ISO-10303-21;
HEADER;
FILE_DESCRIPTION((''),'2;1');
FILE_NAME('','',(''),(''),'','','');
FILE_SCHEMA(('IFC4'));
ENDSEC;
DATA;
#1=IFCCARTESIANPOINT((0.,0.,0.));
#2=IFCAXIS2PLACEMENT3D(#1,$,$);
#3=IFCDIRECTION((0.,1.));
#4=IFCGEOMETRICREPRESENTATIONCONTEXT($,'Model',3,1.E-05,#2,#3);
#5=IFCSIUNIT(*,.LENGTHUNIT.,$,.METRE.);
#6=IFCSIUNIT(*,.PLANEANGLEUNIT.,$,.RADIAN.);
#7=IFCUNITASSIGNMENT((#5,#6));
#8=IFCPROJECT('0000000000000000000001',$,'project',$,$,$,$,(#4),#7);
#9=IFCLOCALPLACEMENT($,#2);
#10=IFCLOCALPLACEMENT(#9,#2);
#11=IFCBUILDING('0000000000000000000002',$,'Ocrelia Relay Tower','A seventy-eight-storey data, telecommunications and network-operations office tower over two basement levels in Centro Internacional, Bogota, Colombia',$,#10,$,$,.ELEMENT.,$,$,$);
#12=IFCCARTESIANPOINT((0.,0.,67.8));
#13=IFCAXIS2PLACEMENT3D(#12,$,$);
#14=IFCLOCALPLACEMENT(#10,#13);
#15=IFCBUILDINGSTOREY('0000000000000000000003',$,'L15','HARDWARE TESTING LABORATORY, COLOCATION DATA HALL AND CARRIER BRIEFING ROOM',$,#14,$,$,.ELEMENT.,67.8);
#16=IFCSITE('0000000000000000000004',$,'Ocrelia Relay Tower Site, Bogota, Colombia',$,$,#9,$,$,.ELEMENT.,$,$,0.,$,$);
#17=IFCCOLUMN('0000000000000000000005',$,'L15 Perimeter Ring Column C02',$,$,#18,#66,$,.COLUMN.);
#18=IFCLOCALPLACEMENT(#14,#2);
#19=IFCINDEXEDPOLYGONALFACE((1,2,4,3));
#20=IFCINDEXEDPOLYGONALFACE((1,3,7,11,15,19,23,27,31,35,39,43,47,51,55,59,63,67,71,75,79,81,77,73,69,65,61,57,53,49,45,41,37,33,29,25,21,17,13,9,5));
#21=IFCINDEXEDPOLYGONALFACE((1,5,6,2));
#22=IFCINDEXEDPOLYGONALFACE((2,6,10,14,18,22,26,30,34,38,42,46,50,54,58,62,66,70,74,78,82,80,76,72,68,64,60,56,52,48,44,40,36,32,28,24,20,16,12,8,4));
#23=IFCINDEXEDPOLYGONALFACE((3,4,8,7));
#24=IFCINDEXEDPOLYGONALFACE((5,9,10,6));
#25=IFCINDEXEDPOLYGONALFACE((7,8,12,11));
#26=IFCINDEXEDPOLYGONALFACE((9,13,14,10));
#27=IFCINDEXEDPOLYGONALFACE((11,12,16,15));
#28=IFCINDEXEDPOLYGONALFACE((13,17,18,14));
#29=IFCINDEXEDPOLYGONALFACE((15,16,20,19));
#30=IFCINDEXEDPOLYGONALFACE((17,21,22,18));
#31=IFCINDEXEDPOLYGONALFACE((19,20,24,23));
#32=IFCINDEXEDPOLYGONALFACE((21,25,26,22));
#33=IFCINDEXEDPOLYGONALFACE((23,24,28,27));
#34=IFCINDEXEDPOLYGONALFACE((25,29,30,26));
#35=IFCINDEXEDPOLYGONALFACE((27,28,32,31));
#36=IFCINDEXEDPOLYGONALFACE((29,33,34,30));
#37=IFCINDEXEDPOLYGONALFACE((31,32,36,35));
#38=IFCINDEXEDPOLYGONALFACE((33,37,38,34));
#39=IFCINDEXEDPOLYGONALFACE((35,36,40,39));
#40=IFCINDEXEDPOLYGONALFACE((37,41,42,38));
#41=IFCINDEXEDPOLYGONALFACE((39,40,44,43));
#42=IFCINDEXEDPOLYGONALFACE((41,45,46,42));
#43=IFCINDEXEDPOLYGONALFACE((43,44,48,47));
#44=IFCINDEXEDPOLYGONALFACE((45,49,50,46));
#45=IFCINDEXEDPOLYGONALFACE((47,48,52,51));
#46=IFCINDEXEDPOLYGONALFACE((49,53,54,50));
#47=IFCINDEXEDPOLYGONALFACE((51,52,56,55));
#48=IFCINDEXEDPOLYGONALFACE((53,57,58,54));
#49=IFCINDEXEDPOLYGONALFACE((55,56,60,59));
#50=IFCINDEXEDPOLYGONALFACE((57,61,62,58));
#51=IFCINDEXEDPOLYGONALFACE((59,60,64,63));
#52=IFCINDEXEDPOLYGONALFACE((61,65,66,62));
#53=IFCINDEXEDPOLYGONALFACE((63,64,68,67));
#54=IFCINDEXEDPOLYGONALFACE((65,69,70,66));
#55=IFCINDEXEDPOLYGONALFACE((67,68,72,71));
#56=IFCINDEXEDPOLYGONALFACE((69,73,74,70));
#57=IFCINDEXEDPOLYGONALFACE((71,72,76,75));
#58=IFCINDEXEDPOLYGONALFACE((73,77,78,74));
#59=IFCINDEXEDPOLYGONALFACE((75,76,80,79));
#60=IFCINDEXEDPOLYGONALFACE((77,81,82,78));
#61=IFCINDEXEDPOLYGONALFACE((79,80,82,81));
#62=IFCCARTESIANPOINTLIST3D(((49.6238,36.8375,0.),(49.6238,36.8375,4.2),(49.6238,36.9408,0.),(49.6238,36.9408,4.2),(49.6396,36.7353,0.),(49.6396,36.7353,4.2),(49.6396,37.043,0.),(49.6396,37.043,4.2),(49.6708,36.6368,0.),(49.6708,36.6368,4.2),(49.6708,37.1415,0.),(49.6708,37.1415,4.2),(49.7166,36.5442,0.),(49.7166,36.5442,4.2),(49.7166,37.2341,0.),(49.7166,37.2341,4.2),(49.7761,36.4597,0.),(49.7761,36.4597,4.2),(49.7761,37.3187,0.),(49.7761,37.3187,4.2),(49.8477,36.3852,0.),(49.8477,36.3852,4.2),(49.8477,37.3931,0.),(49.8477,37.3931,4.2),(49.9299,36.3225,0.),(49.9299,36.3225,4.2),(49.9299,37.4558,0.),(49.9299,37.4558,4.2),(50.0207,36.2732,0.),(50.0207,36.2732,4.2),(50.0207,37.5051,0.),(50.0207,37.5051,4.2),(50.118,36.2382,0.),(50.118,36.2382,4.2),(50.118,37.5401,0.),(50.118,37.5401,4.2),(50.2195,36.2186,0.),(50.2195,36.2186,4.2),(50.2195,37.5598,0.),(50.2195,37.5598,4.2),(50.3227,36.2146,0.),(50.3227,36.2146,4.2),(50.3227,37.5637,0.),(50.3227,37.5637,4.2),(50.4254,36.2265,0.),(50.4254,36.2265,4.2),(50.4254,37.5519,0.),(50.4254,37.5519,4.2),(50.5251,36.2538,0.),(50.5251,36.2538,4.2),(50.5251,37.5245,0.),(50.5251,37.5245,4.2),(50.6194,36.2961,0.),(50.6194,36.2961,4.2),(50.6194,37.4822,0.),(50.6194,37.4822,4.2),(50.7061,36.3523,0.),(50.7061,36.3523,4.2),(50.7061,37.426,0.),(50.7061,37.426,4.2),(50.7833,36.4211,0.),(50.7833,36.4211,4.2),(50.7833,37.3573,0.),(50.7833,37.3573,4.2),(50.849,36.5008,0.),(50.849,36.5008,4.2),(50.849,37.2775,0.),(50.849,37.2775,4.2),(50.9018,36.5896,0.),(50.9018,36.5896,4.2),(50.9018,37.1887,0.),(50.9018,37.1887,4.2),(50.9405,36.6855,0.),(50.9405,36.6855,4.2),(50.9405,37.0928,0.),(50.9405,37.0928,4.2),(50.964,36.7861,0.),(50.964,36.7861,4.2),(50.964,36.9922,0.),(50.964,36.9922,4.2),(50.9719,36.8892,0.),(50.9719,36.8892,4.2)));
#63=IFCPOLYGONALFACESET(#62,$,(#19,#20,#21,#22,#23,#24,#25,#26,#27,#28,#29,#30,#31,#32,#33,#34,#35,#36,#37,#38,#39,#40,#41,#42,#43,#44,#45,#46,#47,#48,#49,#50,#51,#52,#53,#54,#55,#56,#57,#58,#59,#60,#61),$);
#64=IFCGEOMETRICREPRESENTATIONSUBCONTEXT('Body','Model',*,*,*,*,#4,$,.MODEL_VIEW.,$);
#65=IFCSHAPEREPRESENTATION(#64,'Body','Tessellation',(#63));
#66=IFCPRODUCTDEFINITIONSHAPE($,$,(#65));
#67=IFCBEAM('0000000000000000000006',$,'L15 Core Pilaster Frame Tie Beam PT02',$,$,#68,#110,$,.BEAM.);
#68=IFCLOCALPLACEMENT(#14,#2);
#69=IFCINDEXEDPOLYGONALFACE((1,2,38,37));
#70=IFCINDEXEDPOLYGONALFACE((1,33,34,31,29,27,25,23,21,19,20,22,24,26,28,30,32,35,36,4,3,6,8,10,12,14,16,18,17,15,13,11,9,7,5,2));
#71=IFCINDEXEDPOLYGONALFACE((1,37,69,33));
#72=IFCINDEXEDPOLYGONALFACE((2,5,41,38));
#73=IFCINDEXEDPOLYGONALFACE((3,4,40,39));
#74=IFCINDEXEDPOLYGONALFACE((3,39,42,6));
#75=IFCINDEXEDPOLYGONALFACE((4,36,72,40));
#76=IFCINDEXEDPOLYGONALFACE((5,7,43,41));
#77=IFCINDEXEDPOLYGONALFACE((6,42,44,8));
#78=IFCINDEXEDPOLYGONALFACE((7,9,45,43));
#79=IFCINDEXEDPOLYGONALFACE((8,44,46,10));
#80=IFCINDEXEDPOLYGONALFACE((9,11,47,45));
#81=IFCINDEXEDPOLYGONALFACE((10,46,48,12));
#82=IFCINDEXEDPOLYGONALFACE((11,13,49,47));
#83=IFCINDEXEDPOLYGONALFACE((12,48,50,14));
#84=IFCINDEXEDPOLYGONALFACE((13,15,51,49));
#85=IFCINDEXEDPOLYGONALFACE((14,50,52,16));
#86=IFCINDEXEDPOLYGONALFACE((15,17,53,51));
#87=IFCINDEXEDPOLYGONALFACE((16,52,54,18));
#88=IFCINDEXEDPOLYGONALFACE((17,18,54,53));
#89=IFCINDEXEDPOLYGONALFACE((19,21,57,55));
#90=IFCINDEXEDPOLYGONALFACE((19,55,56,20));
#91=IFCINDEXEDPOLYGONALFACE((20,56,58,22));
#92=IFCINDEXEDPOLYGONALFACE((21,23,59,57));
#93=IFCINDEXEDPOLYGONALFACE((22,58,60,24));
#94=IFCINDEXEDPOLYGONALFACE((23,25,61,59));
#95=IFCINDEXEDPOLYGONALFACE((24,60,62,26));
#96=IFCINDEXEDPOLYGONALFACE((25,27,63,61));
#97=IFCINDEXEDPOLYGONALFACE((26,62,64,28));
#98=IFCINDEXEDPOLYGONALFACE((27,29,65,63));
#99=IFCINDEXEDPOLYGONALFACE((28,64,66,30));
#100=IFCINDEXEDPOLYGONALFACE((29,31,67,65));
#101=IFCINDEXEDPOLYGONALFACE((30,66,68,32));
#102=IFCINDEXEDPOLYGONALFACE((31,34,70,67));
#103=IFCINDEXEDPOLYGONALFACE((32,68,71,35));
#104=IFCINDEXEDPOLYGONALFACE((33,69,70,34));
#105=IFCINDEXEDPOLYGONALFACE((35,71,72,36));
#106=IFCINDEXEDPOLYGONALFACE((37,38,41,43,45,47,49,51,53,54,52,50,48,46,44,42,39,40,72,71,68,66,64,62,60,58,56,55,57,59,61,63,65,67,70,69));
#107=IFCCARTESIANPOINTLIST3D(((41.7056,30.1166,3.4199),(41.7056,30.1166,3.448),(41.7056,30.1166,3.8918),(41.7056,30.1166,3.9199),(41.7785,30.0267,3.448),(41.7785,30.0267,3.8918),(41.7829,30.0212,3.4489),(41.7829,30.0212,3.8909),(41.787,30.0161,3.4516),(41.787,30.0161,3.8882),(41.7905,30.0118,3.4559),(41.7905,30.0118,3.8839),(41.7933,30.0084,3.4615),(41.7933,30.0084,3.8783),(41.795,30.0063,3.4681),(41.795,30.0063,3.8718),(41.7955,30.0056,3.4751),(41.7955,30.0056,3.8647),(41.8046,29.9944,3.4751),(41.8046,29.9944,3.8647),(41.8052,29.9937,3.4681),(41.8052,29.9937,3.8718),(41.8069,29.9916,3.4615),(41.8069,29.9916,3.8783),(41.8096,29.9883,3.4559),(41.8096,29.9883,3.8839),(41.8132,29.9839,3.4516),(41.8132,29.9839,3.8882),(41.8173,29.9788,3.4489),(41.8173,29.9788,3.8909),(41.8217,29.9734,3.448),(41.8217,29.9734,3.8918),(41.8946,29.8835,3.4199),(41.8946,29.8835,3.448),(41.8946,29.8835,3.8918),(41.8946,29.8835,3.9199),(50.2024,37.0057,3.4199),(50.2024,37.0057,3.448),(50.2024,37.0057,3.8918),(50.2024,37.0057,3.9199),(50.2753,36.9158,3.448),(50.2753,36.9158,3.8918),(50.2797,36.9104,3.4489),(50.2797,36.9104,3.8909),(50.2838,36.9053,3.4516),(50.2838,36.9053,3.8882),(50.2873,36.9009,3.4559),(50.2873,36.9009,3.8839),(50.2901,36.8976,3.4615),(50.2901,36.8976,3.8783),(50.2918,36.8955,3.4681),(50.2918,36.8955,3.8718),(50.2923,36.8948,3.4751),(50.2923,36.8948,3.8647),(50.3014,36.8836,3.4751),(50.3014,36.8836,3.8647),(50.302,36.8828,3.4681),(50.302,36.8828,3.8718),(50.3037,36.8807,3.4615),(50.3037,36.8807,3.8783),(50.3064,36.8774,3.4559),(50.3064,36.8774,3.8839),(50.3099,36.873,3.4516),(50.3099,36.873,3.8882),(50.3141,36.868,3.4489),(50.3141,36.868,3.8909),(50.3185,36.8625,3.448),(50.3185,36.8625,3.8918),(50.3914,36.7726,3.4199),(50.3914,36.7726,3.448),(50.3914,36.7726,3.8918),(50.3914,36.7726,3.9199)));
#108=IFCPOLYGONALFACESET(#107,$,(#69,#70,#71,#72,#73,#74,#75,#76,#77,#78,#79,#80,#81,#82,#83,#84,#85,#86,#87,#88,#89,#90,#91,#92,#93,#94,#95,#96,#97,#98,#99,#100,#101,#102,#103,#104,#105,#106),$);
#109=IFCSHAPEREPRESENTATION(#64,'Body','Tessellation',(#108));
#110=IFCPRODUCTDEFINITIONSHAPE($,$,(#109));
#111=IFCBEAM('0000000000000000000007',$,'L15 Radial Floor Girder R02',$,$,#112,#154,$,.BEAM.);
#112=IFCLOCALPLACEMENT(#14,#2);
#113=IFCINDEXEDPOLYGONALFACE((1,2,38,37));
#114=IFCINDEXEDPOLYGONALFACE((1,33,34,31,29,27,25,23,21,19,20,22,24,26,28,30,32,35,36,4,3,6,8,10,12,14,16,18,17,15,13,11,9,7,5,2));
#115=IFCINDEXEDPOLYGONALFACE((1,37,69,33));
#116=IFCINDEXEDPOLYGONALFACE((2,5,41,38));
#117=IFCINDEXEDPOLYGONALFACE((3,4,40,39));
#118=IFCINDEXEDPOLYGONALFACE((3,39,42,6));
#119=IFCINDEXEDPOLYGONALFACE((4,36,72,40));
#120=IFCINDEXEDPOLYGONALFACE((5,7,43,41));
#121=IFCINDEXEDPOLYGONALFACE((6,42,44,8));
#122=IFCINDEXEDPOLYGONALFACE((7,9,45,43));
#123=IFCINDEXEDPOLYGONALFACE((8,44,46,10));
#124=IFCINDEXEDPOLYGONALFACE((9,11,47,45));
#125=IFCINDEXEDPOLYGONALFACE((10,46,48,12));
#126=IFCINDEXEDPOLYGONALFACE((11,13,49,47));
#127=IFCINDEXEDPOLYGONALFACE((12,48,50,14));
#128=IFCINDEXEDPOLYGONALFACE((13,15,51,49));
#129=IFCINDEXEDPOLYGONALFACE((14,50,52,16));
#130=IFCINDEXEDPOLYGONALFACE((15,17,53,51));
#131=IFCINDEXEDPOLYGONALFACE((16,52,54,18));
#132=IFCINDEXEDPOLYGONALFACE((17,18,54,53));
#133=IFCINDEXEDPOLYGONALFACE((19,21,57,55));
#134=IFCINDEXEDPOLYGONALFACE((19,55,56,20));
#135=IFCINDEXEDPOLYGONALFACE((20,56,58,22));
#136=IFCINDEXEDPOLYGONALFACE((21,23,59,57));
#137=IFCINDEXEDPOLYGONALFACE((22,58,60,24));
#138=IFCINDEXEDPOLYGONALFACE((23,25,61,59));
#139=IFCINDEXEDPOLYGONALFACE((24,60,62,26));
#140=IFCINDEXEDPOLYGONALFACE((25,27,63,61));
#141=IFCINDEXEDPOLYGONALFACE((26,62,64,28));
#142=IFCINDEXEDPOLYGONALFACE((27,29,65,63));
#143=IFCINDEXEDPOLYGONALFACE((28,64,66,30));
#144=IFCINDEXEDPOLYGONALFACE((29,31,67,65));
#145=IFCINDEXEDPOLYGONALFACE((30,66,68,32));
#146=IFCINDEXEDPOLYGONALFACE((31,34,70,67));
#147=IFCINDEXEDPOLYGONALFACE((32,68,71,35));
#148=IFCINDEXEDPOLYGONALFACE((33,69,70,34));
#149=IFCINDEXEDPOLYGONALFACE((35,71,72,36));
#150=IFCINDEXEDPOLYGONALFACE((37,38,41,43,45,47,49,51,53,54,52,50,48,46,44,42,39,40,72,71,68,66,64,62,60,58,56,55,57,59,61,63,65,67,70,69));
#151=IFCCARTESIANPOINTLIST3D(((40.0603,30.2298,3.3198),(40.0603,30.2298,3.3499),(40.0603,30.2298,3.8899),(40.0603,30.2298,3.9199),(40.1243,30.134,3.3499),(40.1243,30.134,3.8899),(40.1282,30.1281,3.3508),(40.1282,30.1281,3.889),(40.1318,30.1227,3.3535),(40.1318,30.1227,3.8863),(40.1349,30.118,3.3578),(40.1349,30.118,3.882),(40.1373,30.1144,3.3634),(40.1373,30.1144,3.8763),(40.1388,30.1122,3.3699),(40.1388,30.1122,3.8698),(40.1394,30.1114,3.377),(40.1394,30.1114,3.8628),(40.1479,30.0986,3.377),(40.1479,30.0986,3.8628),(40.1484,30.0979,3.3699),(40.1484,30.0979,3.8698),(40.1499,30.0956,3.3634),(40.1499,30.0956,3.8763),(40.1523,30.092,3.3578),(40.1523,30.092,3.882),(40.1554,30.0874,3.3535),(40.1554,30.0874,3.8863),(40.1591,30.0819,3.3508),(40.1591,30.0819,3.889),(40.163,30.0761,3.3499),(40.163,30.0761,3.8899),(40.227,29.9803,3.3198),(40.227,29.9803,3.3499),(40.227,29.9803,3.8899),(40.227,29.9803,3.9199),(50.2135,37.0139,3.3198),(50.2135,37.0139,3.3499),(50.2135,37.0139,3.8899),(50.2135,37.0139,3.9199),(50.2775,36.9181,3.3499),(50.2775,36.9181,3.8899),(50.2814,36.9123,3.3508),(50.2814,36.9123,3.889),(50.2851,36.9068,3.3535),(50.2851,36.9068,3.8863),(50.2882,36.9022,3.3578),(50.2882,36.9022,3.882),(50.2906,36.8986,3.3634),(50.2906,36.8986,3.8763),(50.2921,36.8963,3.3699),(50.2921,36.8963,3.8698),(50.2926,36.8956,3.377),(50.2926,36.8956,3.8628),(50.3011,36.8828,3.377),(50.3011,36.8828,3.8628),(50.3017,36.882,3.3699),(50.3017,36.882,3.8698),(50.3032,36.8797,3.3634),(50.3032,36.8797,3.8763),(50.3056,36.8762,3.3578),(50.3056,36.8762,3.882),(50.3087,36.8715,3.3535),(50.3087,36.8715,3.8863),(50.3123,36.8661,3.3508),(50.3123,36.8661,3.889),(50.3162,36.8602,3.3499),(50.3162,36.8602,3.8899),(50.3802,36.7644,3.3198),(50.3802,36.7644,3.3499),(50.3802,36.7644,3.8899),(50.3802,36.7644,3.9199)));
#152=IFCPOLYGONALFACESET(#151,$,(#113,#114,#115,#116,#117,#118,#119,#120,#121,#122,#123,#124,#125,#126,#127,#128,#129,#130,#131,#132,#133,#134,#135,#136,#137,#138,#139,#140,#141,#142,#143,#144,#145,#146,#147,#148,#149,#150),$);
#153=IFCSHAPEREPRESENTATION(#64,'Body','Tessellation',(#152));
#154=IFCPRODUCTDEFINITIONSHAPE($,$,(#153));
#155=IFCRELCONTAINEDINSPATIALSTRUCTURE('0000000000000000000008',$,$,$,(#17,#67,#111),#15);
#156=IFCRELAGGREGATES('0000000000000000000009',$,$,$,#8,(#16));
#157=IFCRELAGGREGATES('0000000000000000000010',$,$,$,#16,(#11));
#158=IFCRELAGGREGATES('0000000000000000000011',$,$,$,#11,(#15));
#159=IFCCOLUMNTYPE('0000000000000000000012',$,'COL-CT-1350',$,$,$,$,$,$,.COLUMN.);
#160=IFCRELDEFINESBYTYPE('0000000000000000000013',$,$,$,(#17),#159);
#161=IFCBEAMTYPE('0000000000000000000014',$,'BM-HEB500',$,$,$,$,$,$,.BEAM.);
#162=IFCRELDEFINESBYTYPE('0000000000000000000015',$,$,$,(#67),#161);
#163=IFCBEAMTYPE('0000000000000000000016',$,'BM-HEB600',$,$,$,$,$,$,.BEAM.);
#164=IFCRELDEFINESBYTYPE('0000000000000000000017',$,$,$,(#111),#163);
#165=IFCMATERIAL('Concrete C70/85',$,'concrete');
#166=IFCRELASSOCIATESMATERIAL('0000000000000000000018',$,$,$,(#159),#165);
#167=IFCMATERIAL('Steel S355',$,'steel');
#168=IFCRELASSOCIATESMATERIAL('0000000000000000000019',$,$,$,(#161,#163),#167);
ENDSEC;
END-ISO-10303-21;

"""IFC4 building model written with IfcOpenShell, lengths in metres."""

from ifc_helpers import new_model, si_unit, direction, frame, origin, origin_2d, place, context, subcontext, project, spatial, circle, i_section, extrude, material, material_profile, profile_set, type_object, element, save


model = new_model("IFC4")

# Units and contexts
model_context = context("Model", 3, precision=1e-05, world=origin(), true_north=direction((0.0, 1.0)))
body_context = subcontext(model_context, "Body", "Model", "MODEL_VIEW")
ifc_project = project(units=[si_unit("LENGTHUNIT", "METRE"), si_unit("PLANEANGLEUNIT", "RADIAN")], contexts=[model_context])

# Site, building, storey
site_placement = place(None, origin())
site = spatial("IfcSite", under=ifc_project, at=site_placement, Name="Ocrelia Relay Tower Site, Bogota, Colombia", CompositionType="ELEMENT", RefElevation=0.0)
building_placement = place(site_placement, origin())
building = spatial("IfcBuilding", under=site, at=building_placement, Name="Ocrelia Relay Tower", Description="A seventy-eight-storey data, telecommunications and network-operations office tower over two basement levels in Centro Internacional, Bogota, Colombia", CompositionType="ELEMENT")
storey_placement = place(building_placement, frame((0.0, 0.0, 67.8)))
storey = spatial("IfcBuildingStorey", under=building, at=storey_placement, Name="L15", Description="HARDWARE TESTING LABORATORY, COLOCATION DATA HALL AND CARRIER BRIEFING ROOM", CompositionType="ELEMENT", Elevation=67.8)

# Column
ifc_material_1 = material(Name="Concrete C70/85", Category="concrete")
ifc_material_profile_1 = material_profile(ifc_material_1, circle(Radius=0.675, at=origin_2d()), Name="RC-CIR-1350")
ifc_profile_set_1 = profile_set([ifc_material_profile_1], Name="Concrete C70/85")
column_type = type_object("IfcColumnType", Name="COL-CT-1350", PredefinedType="COLUMN", material=ifc_profile_set_1)
column_placement = place(storey_placement, frame((50.2969, 36.8892, 0.0), z_axis=(0.0, 0.0, 1.0), x_axis=(1.0, 0.0, 0.0)))
element("IfcColumn", 1, at=column_placement, inside=storey, type_object=column_type, Name="L15 Perimeter Ring Column C02", PredefinedType="COLUMN", context=body_context, shape_type="SweptSolid", body=[
    extrude(circle(Radius=0.675, at=origin_2d()), origin(), (0.0, 0.0, 1.0), 4.2),
])

# Beams
ifc_material_2 = material(Name="Steel S355", Category="steel")
ifc_material_profile_2 = material_profile(ifc_material_2, i_section(OverallWidth=0.3, OverallDepth=0.5, WebThickness=0.0144, FlangeThickness=0.0281, FilletRadius=0.0271, at=origin_2d()), Name="HEB 500")
ifc_profile_set_2 = profile_set([ifc_material_profile_2], Name="Steel S355")
beam_type_1 = type_object("IfcBeamType", Name="BM-HEB500", PredefinedType="BEAM", material=ifc_profile_set_2)
beam_1_placement = place(storey_placement, frame((50.2969, 36.8892, 3.6699), z_axis=(-0.776763, -0.629793, 0.0), x_axis=(0.629793, -0.776763, 0.0)))
element("IfcBeam", 2, at=beam_1_placement, inside=storey, type_object=beam_type_1, Name="L15 Core Pilaster Frame Tie Beam PT02", PredefinedType="BEAM", context=body_context, shape_type="SweptSolid", body=[
    extrude(i_section(OverallWidth=0.3, OverallDepth=0.5, WebThickness=0.0144, FlangeThickness=0.0281, FilletRadius=0.0271, at=origin_2d()), origin(), (0.0, 0.0, 1.0), 10.9387),
])
ifc_material_profile_3 = material_profile(ifc_material_2, i_section(OverallWidth=0.3, OverallDepth=0.6001, WebThickness=0.0154, FlangeThickness=0.03, FilletRadius=0.0271, at=origin_2d()), Name="HEB 600")
ifc_profile_set_3 = profile_set([ifc_material_profile_3], Name="Steel S355")
beam_type_2 = type_object("IfcBeamType", Name="BM-HEB600", PredefinedType="BEAM", material=ifc_profile_set_3)
beam_2_placement = place(storey_placement, frame((50.2969, 36.8892, 3.6199), z_axis=(-0.831472, -0.555567, 0.0), x_axis=(0.555567, -0.831472, 0.0)))
element("IfcBeam", 3, at=beam_2_placement, inside=storey, type_object=beam_type_2, Name="L15 Radial Floor Girder R02", PredefinedType="BEAM", context=body_context, shape_type="SweptSolid", body=[
    extrude(i_section(OverallWidth=0.3, OverallDepth=0.6001, WebThickness=0.0154, FlangeThickness=0.03, FilletRadius=0.0271, at=origin_2d()), origin(), (0.0, 0.0, 1.0), 12.2112),
])

save(model, "model.ifc")
